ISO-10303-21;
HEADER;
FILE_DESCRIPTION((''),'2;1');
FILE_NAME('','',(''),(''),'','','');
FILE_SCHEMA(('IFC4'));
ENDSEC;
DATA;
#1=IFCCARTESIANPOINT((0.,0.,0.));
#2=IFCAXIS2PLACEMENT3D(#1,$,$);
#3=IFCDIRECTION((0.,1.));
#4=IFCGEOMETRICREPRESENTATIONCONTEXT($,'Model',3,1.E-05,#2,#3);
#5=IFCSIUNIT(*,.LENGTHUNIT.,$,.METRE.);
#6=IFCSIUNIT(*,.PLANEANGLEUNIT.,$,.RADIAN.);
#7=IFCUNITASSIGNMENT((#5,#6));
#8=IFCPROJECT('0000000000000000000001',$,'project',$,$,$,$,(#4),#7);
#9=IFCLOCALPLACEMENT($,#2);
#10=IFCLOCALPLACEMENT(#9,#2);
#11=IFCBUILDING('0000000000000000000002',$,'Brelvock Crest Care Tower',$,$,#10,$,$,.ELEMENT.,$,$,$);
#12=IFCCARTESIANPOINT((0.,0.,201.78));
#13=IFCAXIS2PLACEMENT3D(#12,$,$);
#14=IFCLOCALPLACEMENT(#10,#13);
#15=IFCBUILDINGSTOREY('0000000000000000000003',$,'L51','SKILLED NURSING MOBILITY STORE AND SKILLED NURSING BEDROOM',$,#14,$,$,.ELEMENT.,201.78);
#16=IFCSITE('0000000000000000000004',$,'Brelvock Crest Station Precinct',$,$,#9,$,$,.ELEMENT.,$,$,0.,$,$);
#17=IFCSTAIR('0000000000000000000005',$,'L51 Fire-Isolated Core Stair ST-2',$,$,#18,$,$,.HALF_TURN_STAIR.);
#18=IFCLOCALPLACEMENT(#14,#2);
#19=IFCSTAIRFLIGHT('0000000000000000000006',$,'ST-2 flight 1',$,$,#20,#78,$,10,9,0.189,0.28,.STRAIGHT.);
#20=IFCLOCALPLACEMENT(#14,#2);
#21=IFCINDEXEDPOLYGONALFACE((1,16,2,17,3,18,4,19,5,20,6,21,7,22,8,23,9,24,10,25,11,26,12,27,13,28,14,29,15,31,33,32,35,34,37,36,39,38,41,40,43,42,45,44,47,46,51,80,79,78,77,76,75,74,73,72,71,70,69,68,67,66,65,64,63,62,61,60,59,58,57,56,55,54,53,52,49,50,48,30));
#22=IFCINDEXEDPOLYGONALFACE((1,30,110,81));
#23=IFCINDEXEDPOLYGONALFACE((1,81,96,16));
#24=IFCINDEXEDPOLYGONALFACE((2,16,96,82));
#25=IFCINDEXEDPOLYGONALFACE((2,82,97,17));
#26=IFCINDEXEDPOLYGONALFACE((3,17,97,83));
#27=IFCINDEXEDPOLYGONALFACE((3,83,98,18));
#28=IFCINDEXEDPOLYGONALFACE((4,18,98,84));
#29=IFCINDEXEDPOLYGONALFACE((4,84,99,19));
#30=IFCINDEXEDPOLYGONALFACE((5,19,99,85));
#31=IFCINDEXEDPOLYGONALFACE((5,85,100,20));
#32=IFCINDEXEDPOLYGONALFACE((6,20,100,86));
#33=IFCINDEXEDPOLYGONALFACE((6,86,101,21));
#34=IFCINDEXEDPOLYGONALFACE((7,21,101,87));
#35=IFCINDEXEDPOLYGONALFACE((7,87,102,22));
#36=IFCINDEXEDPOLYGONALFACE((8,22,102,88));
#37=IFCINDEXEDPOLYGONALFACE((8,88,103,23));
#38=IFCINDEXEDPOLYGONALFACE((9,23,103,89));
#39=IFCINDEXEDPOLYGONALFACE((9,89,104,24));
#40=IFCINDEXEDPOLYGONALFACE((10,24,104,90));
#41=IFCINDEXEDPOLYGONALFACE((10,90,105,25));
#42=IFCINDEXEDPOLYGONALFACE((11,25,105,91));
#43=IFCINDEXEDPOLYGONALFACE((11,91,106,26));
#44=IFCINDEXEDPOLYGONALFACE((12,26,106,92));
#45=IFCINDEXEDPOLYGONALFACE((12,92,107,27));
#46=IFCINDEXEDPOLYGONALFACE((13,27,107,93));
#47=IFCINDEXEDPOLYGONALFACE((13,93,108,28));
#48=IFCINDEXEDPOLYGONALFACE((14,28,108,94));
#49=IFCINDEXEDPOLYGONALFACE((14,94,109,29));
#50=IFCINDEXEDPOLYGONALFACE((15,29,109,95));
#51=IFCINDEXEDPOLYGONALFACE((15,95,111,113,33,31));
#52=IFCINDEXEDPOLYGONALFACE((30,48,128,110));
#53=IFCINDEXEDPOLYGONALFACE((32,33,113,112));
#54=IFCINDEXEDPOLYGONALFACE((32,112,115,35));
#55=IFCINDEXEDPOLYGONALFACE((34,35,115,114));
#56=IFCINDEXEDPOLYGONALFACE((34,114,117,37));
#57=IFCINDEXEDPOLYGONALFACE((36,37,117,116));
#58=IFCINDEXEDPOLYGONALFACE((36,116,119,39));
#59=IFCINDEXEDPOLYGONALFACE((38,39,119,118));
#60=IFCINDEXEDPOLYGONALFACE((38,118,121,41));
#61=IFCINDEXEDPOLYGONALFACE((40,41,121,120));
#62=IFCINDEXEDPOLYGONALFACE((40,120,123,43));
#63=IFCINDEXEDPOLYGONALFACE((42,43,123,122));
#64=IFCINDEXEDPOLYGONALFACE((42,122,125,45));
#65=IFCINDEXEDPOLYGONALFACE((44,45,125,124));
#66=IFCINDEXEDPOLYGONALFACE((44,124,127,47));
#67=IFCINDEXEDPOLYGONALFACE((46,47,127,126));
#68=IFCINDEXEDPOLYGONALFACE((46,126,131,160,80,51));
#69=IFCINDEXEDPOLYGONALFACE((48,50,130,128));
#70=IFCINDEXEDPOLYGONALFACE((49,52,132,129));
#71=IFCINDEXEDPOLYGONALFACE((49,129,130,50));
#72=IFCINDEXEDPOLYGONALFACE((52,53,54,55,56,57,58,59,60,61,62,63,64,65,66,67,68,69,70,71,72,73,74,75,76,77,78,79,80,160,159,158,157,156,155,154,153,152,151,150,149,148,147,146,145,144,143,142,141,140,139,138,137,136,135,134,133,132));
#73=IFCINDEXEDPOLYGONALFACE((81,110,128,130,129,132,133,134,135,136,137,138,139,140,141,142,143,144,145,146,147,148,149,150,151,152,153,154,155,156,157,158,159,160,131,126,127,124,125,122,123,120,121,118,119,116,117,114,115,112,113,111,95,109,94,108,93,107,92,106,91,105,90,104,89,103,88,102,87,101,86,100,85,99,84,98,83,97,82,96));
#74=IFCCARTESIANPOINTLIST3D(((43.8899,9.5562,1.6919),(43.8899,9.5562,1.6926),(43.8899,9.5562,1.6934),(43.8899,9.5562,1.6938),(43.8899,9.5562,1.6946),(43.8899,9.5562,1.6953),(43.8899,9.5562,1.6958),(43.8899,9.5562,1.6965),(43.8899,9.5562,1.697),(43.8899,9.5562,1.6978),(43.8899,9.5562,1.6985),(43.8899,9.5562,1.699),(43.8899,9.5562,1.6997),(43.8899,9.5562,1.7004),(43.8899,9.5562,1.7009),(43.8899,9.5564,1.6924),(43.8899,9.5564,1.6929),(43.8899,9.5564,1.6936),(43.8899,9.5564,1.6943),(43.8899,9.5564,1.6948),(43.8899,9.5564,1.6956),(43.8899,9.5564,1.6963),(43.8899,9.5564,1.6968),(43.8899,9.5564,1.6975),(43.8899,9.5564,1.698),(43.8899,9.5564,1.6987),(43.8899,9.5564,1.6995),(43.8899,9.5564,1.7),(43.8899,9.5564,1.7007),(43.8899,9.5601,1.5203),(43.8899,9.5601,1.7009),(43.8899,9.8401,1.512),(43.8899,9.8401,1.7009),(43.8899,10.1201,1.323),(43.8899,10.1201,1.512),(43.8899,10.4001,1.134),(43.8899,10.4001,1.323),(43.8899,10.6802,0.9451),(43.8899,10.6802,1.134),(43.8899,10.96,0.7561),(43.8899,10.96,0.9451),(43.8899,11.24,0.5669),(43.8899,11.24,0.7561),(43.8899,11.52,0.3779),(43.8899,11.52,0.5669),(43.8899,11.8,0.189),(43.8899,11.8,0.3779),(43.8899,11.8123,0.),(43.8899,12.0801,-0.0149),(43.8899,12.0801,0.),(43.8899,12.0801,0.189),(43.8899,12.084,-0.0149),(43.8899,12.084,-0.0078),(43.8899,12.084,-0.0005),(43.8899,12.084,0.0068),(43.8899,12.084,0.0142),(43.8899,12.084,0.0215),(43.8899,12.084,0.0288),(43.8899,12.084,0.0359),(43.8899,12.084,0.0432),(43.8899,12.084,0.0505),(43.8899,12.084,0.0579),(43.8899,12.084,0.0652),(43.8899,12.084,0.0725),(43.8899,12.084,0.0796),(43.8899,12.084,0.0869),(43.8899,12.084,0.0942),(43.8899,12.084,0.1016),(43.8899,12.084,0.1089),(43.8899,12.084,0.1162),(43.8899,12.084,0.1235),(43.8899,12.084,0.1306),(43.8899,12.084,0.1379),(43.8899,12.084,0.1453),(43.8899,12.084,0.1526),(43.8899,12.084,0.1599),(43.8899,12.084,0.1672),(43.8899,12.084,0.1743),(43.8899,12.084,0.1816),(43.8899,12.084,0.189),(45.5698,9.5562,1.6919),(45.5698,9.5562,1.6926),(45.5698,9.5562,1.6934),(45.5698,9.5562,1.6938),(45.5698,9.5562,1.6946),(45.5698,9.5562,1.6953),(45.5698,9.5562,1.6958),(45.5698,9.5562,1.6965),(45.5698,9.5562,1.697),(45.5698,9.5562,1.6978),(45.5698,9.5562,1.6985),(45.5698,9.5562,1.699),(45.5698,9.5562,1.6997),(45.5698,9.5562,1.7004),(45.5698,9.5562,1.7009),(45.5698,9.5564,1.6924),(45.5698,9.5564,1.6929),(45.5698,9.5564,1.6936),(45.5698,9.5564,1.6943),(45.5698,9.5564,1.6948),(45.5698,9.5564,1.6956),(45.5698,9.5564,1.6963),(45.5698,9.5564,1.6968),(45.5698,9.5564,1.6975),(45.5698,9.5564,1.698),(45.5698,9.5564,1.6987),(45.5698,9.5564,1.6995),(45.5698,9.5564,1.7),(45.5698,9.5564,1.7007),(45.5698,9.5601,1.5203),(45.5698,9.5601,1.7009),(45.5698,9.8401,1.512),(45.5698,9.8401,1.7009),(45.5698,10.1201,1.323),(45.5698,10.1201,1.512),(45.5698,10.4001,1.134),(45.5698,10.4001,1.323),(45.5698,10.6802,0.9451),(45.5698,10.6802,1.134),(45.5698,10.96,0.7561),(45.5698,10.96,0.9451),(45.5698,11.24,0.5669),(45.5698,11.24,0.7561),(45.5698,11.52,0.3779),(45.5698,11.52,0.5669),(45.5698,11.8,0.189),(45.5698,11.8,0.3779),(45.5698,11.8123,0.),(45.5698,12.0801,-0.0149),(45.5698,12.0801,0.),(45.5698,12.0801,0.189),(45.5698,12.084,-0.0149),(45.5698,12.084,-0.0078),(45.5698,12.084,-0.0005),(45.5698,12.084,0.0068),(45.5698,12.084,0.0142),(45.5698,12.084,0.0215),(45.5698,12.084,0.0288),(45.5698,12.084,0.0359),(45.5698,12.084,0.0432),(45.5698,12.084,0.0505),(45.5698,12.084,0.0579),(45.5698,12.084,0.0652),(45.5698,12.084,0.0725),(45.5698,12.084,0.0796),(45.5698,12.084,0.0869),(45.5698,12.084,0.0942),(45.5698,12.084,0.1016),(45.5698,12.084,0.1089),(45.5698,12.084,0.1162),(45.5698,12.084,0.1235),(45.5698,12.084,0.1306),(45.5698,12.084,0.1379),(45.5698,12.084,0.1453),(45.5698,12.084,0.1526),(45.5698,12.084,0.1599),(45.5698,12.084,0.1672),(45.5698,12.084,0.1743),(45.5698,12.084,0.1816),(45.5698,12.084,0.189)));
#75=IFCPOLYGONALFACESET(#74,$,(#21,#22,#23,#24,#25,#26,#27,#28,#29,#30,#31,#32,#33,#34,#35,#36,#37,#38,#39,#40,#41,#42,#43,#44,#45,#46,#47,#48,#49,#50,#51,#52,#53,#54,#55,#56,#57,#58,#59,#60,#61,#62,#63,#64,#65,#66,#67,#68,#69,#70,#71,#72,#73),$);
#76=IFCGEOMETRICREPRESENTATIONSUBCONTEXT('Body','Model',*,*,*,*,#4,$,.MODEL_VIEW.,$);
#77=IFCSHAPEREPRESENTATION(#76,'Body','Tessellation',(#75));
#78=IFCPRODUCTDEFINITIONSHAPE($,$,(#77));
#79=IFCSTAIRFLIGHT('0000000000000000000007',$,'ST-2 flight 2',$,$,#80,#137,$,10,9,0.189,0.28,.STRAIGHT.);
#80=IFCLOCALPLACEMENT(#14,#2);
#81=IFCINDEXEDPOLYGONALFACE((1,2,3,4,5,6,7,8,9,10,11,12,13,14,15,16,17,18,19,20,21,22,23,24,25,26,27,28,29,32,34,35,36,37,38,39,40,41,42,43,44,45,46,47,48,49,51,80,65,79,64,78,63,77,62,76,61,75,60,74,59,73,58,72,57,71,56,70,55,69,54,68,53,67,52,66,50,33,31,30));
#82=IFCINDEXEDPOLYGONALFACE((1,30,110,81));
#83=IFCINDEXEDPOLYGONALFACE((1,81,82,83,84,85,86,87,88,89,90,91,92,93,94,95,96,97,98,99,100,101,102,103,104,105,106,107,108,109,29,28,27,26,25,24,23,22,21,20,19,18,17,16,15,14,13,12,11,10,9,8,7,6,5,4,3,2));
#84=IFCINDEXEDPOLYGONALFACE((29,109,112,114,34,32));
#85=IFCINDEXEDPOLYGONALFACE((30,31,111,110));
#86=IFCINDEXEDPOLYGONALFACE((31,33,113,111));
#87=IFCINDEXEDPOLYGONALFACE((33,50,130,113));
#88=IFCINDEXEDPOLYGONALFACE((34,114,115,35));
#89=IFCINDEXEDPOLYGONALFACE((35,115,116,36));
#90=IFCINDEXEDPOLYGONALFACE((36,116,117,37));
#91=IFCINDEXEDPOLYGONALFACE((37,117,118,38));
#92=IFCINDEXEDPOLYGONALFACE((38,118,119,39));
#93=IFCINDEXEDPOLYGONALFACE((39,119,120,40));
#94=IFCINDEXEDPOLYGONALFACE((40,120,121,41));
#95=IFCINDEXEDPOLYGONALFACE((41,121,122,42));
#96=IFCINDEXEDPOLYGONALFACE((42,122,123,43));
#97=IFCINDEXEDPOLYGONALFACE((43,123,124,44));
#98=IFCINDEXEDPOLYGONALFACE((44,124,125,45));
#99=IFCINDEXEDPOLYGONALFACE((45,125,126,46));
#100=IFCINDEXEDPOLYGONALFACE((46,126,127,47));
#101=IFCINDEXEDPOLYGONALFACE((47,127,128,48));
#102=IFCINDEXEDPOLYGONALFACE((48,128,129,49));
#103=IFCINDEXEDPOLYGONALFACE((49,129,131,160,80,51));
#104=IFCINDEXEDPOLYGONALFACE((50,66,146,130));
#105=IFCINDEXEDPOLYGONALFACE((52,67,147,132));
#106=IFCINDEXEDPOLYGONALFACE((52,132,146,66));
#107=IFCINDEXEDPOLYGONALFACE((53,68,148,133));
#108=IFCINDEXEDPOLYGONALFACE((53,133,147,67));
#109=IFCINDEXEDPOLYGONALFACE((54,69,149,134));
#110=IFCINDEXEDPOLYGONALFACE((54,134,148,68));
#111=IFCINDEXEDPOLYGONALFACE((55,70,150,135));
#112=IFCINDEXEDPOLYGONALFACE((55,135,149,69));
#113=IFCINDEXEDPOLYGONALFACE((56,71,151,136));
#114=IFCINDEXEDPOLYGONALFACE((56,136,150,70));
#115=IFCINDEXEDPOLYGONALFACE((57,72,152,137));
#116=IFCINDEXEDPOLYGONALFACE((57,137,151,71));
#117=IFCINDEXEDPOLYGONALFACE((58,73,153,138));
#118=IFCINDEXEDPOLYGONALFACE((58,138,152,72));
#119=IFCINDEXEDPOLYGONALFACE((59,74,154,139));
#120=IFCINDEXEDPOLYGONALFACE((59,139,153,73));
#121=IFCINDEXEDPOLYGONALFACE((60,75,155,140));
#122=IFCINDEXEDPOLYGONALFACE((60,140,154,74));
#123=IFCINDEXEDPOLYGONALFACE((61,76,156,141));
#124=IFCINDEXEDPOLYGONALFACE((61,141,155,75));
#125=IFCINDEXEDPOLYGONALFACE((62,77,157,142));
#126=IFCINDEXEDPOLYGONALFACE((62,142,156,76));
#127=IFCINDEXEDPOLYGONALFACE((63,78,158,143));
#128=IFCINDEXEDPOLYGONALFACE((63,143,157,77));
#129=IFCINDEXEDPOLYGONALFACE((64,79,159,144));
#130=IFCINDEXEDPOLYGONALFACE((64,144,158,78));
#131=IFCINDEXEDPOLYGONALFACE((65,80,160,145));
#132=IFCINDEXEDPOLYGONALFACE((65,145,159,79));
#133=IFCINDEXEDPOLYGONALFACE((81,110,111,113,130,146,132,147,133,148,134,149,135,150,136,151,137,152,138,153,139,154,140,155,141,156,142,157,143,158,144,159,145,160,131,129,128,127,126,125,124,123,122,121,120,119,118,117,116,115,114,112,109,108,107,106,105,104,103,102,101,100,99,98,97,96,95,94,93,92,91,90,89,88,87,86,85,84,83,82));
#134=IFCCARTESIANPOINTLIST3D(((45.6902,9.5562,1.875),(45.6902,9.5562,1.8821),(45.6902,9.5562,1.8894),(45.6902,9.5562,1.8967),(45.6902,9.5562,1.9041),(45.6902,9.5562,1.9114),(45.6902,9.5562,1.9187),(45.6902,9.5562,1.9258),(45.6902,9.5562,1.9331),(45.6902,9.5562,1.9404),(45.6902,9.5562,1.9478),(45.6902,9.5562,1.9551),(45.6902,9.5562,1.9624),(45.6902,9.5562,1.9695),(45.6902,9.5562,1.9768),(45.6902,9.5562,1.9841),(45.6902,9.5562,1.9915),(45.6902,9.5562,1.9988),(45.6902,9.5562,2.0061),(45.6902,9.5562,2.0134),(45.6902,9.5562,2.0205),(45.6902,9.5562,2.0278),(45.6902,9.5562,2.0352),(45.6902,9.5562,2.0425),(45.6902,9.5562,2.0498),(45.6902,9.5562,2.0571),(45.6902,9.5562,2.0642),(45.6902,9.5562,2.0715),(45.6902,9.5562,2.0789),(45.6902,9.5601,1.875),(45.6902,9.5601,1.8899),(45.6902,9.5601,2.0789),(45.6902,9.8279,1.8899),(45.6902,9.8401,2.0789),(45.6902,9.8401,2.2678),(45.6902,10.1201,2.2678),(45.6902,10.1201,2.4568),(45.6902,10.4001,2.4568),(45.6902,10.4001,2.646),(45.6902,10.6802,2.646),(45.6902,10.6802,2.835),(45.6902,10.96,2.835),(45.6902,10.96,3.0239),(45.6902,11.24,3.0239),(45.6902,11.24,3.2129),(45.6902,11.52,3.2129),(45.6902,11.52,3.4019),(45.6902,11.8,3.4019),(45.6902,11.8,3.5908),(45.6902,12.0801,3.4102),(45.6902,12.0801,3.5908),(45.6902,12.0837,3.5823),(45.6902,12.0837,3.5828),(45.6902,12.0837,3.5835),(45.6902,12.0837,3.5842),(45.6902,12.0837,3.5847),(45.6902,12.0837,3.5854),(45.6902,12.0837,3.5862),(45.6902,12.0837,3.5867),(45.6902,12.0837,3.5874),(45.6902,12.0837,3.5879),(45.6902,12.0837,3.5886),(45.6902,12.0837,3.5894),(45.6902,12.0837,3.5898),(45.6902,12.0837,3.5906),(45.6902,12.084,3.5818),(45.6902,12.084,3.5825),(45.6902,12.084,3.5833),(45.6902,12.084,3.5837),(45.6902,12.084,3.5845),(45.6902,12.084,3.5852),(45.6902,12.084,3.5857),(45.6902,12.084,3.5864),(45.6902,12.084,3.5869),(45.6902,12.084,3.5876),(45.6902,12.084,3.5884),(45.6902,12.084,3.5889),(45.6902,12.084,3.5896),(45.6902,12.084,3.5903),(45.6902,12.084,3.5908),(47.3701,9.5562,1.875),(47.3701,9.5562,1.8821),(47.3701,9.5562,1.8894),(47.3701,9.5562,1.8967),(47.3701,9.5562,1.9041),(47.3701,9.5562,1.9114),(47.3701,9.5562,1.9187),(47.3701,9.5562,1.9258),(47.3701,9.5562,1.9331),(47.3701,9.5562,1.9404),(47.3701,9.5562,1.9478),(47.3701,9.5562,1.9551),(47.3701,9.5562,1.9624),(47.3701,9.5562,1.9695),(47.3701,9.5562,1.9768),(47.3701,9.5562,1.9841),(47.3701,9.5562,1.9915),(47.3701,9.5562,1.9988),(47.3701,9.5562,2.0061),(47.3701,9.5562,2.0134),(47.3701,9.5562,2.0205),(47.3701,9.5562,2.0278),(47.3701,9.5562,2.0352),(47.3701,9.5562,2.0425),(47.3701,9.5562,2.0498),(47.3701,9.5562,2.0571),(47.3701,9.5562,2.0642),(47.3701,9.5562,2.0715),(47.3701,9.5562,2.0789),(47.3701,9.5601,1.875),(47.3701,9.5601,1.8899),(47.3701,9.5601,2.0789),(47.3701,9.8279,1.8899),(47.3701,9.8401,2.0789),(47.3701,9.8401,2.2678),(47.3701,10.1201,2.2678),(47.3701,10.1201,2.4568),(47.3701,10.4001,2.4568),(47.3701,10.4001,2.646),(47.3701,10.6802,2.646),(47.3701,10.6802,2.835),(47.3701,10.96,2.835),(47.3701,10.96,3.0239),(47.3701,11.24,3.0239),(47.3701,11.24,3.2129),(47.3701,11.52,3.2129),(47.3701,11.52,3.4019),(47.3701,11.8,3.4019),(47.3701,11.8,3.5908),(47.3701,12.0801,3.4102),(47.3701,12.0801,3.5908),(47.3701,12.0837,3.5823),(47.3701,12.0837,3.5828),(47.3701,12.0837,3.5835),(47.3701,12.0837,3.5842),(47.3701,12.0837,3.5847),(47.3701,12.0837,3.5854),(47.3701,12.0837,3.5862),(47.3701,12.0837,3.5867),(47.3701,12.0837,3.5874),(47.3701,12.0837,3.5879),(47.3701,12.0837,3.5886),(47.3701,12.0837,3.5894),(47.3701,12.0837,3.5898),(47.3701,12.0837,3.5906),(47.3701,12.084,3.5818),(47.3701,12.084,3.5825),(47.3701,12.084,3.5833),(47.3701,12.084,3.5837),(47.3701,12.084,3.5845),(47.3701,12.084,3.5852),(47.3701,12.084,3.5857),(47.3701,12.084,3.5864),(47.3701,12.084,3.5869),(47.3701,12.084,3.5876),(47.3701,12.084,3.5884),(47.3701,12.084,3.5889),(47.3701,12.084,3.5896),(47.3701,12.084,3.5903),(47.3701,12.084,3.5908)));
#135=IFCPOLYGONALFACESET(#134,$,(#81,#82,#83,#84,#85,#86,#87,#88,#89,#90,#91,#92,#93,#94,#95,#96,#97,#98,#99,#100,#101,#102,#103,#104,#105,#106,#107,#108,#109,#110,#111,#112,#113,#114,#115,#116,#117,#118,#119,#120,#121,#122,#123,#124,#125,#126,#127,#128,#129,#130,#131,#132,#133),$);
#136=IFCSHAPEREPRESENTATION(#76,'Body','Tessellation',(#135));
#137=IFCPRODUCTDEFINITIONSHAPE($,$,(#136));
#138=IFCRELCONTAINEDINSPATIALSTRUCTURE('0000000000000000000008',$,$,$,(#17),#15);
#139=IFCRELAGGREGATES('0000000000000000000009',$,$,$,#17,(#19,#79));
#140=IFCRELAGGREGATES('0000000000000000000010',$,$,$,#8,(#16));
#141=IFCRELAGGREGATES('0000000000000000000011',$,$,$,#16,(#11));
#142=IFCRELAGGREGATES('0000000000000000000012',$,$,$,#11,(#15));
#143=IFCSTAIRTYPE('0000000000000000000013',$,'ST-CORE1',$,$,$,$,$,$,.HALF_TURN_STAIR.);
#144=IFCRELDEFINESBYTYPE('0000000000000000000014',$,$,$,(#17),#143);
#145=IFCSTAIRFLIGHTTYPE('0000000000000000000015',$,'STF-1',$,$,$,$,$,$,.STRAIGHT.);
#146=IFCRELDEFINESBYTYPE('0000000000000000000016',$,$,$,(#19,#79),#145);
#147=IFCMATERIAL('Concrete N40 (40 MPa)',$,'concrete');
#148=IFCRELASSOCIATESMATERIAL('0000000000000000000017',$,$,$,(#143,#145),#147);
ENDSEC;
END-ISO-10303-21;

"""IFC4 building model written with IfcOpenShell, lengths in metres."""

from ifc_helpers import new_model, si_unit, direction, frame, origin, place, context, subcontext, project, spatial, polyline, outline, extrude, material, type_object, element, aggregate, save


model = new_model("IFC4")

# Units and contexts
model_context = context("Model", 3, precision=1e-05, world=origin(), true_north=direction((0.0, 1.0)))
body_context = subcontext(model_context, "Body", "Model", "MODEL_VIEW")
ifc_project = project(units=[si_unit("LENGTHUNIT", "METRE"), si_unit("PLANEANGLEUNIT", "RADIAN")], contexts=[model_context])

# Site, building, storey
site_placement = place(None, origin())
site = spatial("IfcSite", under=ifc_project, at=site_placement, Name="Brelvock Crest Station Precinct", CompositionType="ELEMENT", RefElevation=0.0)
building_placement = place(site_placement, origin())
building = spatial("IfcBuilding", under=site, at=building_placement, Name="Brelvock Crest Care Tower", CompositionType="ELEMENT")
storey_placement = place(building_placement, frame((0.0, 0.0, 201.78)))
storey = spatial("IfcBuildingStorey", under=building, at=storey_placement, Name="L51", Description="SKILLED NURSING MOBILITY STORE AND SKILLED NURSING BEDROOM", CompositionType="ELEMENT", Elevation=201.78)

# Stair, stair flights
ifc_material_1 = material(Name="Concrete N40 (40 MPa)", Category="concrete")
stair_type = type_object("IfcStairType", Name="ST-CORE1", PredefinedType="HALF_TURN_STAIR", material=ifc_material_1)
stair_placement = place(storey_placement, origin())
stair = element("IfcStair", 1, at=stair_placement, inside=storey, type_object=stair_type, Name="L51 Fire-Isolated Core Stair ST-2", PredefinedType="HALF_TURN_STAIR")
stair_flight_type = type_object("IfcStairFlightType", Name="STF-1", PredefinedType="STRAIGHT", material=ifc_material_1)
stair_flight_1_placement = place(storey_placement, frame((44.73, 12.0801, 0.0), z_axis=(0.0, 0.0, 1.0), x_axis=(0.0, -1.0, 0.0)))
stair_flight_1 = element("IfcStairFlight", 2, at=stair_flight_1_placement, type_object=stair_flight_type, Name="ST-2 flight 1", NumberOfRisers=10, NumberOfTreads=9, PredefinedType="STRAIGHT", RiserHeight=0.189, TreadLength=0.28, context=body_context, shape_type="SweptSolid", body=[
    extrude(outline(polyline([(-0.0039, -0.0149), (-0.0039, -0.0078), (-0.0039, -0.0005), (-0.0039, 0.0068), (-0.0039, 0.0142), (-0.0039, 0.0215), (-0.0039, 0.0288), (-0.0039, 0.0359), (-0.0039, 0.0432), (-0.0039, 0.0505), (-0.0039, 0.0579), (-0.0039, 0.0652), (-0.0039, 0.0725), (-0.0039, 0.0796), (-0.0039, 0.0869), (-0.0039, 0.0942), (-0.0039, 0.1016), (-0.0039, 0.1089), (-0.0039, 0.1162), (-0.0039, 0.1235), (-0.0039, 0.1306), (-0.0039, 0.1379), (-0.0039, 0.1453), (-0.0039, 0.1526), (-0.0039, 0.1599), (-0.0039, 0.1672), (-0.0039, 0.1743), (-0.0039, 0.1816), (-0.0039, 0.189), (0.0, 0.189), (0.28, 0.189), (0.28, 0.3779), (0.5601, 0.3779), (0.5601, 0.5669), (0.8401, 0.5669), (0.8401, 0.7561), (1.1201, 0.7561), (1.1201, 0.9451), (1.3999, 0.9451), (1.3999, 1.134), (1.6799, 1.134), (1.6799, 1.323), (1.96, 1.323), (1.96, 1.512), (2.24, 1.512), (2.24, 1.7009), (2.52, 1.7009), (2.5239, 1.7009), (2.5237, 1.7007), (2.5239, 1.7004), (2.5237, 1.7), (2.5239, 1.6997), (2.5237, 1.6995), (2.5239, 1.699), (2.5237, 1.6987), (2.5239, 1.6985), (2.5237, 1.698), (2.5239, 1.6978), (2.5237, 1.6975), (2.5239, 1.697), (2.5237, 1.6968), (2.5239, 1.6965), (2.5237, 1.6963), (2.5239, 1.6958), (2.5237, 1.6956), (2.5239, 1.6953), (2.5237, 1.6948), (2.5239, 1.6946), (2.5237, 1.6943), (2.5239, 1.6938), (2.5237, 1.6936), (2.5239, 1.6934), (2.5237, 1.6929), (2.5239, 1.6926), (2.5237, 1.6924), (2.5239, 1.6919), (2.52, 1.5203), (0.2678, 0.0), (0.0, 0.0), (0.0, -0.0149), (-0.0039, -0.0149)])), frame((0.0, 0.8398, 0.0), z_axis=(0.0, -1.0, 0.0), x_axis=(1.0, 0.0, 0.0)), (0.0, 0.0, 1.0), 1.6799),
])
stair_flight_2_placement = place(storey_placement, frame((46.53, 9.5601, 1.8899), z_axis=(0.0, 0.0, 1.0), x_axis=(0.0, 1.0, 0.0)))
stair_flight_2 = element("IfcStairFlight", 3, at=stair_flight_2_placement, type_object=stair_flight_type, Name="ST-2 flight 2", NumberOfRisers=10, NumberOfTreads=9, PredefinedType="STRAIGHT", RiserHeight=0.189, TreadLength=0.28, context=body_context, shape_type="SweptSolid", body=[
    extrude(outline(polyline([(-0.0039, -0.0149), (-0.0039, -0.0078), (-0.0039, -0.0005), (-0.0039, 0.0068), (-0.0039, 0.0142), (-0.0039, 0.0215), (-0.0039, 0.0288), (-0.0039, 0.0359), (-0.0039, 0.0432), (-0.0039, 0.0505), (-0.0039, 0.0579), (-0.0039, 0.0652), (-0.0039, 0.0725), (-0.0039, 0.0796), (-0.0039, 0.0869), (-0.0039, 0.0942), (-0.0039, 0.1016), (-0.0039, 0.1089), (-0.0039, 0.1162), (-0.0039, 0.1235), (-0.0039, 0.1306), (-0.0039, 0.1379), (-0.0039, 0.1453), (-0.0039, 0.1526), (-0.0039, 0.1599), (-0.0039, 0.1672), (-0.0039, 0.1743), (-0.0039, 0.1816), (-0.0039, 0.189), (0.0, 0.189), (0.28, 0.189), (0.28, 0.3779), (0.5601, 0.3779), (0.5601, 0.5669), (0.8401, 0.5669), (0.8401, 0.7561), (1.1201, 0.7561), (1.1201, 0.9451), (1.3999, 0.9451), (1.3999, 1.134), (1.6799, 1.134), (1.6799, 1.323), (1.96, 1.323), (1.96, 1.512), (2.24, 1.512), (2.24, 1.7009), (2.52, 1.7009), (2.5239, 1.7009), (2.5237, 1.7007), (2.5239, 1.7004), (2.5237, 1.7), (2.5239, 1.6997), (2.5237, 1.6995), (2.5239, 1.699), (2.5237, 1.6987), (2.5239, 1.6985), (2.5237, 1.698), (2.5239, 1.6978), (2.5237, 1.6975), (2.5239, 1.697), (2.5237, 1.6968), (2.5239, 1.6965), (2.5237, 1.6963), (2.5239, 1.6958), (2.5237, 1.6956), (2.5239, 1.6953), (2.5237, 1.6948), (2.5239, 1.6946), (2.5237, 1.6943), (2.5239, 1.6938), (2.5237, 1.6936), (2.5239, 1.6934), (2.5237, 1.6929), (2.5239, 1.6926), (2.5237, 1.6924), (2.5239, 1.6919), (2.52, 1.5203), (0.2678, 0.0), (0.0, 0.0), (0.0, -0.0149), (-0.0039, -0.0149)])), frame((0.0, 0.8398, 0.0), z_axis=(0.0, -1.0, 0.0), x_axis=(1.0, 0.0, 0.0)), (0.0, 0.0, 1.0), 1.6799),
])
aggregate(stair, [stair_flight_1, stair_flight_2])

save(model, "model.ifc")
